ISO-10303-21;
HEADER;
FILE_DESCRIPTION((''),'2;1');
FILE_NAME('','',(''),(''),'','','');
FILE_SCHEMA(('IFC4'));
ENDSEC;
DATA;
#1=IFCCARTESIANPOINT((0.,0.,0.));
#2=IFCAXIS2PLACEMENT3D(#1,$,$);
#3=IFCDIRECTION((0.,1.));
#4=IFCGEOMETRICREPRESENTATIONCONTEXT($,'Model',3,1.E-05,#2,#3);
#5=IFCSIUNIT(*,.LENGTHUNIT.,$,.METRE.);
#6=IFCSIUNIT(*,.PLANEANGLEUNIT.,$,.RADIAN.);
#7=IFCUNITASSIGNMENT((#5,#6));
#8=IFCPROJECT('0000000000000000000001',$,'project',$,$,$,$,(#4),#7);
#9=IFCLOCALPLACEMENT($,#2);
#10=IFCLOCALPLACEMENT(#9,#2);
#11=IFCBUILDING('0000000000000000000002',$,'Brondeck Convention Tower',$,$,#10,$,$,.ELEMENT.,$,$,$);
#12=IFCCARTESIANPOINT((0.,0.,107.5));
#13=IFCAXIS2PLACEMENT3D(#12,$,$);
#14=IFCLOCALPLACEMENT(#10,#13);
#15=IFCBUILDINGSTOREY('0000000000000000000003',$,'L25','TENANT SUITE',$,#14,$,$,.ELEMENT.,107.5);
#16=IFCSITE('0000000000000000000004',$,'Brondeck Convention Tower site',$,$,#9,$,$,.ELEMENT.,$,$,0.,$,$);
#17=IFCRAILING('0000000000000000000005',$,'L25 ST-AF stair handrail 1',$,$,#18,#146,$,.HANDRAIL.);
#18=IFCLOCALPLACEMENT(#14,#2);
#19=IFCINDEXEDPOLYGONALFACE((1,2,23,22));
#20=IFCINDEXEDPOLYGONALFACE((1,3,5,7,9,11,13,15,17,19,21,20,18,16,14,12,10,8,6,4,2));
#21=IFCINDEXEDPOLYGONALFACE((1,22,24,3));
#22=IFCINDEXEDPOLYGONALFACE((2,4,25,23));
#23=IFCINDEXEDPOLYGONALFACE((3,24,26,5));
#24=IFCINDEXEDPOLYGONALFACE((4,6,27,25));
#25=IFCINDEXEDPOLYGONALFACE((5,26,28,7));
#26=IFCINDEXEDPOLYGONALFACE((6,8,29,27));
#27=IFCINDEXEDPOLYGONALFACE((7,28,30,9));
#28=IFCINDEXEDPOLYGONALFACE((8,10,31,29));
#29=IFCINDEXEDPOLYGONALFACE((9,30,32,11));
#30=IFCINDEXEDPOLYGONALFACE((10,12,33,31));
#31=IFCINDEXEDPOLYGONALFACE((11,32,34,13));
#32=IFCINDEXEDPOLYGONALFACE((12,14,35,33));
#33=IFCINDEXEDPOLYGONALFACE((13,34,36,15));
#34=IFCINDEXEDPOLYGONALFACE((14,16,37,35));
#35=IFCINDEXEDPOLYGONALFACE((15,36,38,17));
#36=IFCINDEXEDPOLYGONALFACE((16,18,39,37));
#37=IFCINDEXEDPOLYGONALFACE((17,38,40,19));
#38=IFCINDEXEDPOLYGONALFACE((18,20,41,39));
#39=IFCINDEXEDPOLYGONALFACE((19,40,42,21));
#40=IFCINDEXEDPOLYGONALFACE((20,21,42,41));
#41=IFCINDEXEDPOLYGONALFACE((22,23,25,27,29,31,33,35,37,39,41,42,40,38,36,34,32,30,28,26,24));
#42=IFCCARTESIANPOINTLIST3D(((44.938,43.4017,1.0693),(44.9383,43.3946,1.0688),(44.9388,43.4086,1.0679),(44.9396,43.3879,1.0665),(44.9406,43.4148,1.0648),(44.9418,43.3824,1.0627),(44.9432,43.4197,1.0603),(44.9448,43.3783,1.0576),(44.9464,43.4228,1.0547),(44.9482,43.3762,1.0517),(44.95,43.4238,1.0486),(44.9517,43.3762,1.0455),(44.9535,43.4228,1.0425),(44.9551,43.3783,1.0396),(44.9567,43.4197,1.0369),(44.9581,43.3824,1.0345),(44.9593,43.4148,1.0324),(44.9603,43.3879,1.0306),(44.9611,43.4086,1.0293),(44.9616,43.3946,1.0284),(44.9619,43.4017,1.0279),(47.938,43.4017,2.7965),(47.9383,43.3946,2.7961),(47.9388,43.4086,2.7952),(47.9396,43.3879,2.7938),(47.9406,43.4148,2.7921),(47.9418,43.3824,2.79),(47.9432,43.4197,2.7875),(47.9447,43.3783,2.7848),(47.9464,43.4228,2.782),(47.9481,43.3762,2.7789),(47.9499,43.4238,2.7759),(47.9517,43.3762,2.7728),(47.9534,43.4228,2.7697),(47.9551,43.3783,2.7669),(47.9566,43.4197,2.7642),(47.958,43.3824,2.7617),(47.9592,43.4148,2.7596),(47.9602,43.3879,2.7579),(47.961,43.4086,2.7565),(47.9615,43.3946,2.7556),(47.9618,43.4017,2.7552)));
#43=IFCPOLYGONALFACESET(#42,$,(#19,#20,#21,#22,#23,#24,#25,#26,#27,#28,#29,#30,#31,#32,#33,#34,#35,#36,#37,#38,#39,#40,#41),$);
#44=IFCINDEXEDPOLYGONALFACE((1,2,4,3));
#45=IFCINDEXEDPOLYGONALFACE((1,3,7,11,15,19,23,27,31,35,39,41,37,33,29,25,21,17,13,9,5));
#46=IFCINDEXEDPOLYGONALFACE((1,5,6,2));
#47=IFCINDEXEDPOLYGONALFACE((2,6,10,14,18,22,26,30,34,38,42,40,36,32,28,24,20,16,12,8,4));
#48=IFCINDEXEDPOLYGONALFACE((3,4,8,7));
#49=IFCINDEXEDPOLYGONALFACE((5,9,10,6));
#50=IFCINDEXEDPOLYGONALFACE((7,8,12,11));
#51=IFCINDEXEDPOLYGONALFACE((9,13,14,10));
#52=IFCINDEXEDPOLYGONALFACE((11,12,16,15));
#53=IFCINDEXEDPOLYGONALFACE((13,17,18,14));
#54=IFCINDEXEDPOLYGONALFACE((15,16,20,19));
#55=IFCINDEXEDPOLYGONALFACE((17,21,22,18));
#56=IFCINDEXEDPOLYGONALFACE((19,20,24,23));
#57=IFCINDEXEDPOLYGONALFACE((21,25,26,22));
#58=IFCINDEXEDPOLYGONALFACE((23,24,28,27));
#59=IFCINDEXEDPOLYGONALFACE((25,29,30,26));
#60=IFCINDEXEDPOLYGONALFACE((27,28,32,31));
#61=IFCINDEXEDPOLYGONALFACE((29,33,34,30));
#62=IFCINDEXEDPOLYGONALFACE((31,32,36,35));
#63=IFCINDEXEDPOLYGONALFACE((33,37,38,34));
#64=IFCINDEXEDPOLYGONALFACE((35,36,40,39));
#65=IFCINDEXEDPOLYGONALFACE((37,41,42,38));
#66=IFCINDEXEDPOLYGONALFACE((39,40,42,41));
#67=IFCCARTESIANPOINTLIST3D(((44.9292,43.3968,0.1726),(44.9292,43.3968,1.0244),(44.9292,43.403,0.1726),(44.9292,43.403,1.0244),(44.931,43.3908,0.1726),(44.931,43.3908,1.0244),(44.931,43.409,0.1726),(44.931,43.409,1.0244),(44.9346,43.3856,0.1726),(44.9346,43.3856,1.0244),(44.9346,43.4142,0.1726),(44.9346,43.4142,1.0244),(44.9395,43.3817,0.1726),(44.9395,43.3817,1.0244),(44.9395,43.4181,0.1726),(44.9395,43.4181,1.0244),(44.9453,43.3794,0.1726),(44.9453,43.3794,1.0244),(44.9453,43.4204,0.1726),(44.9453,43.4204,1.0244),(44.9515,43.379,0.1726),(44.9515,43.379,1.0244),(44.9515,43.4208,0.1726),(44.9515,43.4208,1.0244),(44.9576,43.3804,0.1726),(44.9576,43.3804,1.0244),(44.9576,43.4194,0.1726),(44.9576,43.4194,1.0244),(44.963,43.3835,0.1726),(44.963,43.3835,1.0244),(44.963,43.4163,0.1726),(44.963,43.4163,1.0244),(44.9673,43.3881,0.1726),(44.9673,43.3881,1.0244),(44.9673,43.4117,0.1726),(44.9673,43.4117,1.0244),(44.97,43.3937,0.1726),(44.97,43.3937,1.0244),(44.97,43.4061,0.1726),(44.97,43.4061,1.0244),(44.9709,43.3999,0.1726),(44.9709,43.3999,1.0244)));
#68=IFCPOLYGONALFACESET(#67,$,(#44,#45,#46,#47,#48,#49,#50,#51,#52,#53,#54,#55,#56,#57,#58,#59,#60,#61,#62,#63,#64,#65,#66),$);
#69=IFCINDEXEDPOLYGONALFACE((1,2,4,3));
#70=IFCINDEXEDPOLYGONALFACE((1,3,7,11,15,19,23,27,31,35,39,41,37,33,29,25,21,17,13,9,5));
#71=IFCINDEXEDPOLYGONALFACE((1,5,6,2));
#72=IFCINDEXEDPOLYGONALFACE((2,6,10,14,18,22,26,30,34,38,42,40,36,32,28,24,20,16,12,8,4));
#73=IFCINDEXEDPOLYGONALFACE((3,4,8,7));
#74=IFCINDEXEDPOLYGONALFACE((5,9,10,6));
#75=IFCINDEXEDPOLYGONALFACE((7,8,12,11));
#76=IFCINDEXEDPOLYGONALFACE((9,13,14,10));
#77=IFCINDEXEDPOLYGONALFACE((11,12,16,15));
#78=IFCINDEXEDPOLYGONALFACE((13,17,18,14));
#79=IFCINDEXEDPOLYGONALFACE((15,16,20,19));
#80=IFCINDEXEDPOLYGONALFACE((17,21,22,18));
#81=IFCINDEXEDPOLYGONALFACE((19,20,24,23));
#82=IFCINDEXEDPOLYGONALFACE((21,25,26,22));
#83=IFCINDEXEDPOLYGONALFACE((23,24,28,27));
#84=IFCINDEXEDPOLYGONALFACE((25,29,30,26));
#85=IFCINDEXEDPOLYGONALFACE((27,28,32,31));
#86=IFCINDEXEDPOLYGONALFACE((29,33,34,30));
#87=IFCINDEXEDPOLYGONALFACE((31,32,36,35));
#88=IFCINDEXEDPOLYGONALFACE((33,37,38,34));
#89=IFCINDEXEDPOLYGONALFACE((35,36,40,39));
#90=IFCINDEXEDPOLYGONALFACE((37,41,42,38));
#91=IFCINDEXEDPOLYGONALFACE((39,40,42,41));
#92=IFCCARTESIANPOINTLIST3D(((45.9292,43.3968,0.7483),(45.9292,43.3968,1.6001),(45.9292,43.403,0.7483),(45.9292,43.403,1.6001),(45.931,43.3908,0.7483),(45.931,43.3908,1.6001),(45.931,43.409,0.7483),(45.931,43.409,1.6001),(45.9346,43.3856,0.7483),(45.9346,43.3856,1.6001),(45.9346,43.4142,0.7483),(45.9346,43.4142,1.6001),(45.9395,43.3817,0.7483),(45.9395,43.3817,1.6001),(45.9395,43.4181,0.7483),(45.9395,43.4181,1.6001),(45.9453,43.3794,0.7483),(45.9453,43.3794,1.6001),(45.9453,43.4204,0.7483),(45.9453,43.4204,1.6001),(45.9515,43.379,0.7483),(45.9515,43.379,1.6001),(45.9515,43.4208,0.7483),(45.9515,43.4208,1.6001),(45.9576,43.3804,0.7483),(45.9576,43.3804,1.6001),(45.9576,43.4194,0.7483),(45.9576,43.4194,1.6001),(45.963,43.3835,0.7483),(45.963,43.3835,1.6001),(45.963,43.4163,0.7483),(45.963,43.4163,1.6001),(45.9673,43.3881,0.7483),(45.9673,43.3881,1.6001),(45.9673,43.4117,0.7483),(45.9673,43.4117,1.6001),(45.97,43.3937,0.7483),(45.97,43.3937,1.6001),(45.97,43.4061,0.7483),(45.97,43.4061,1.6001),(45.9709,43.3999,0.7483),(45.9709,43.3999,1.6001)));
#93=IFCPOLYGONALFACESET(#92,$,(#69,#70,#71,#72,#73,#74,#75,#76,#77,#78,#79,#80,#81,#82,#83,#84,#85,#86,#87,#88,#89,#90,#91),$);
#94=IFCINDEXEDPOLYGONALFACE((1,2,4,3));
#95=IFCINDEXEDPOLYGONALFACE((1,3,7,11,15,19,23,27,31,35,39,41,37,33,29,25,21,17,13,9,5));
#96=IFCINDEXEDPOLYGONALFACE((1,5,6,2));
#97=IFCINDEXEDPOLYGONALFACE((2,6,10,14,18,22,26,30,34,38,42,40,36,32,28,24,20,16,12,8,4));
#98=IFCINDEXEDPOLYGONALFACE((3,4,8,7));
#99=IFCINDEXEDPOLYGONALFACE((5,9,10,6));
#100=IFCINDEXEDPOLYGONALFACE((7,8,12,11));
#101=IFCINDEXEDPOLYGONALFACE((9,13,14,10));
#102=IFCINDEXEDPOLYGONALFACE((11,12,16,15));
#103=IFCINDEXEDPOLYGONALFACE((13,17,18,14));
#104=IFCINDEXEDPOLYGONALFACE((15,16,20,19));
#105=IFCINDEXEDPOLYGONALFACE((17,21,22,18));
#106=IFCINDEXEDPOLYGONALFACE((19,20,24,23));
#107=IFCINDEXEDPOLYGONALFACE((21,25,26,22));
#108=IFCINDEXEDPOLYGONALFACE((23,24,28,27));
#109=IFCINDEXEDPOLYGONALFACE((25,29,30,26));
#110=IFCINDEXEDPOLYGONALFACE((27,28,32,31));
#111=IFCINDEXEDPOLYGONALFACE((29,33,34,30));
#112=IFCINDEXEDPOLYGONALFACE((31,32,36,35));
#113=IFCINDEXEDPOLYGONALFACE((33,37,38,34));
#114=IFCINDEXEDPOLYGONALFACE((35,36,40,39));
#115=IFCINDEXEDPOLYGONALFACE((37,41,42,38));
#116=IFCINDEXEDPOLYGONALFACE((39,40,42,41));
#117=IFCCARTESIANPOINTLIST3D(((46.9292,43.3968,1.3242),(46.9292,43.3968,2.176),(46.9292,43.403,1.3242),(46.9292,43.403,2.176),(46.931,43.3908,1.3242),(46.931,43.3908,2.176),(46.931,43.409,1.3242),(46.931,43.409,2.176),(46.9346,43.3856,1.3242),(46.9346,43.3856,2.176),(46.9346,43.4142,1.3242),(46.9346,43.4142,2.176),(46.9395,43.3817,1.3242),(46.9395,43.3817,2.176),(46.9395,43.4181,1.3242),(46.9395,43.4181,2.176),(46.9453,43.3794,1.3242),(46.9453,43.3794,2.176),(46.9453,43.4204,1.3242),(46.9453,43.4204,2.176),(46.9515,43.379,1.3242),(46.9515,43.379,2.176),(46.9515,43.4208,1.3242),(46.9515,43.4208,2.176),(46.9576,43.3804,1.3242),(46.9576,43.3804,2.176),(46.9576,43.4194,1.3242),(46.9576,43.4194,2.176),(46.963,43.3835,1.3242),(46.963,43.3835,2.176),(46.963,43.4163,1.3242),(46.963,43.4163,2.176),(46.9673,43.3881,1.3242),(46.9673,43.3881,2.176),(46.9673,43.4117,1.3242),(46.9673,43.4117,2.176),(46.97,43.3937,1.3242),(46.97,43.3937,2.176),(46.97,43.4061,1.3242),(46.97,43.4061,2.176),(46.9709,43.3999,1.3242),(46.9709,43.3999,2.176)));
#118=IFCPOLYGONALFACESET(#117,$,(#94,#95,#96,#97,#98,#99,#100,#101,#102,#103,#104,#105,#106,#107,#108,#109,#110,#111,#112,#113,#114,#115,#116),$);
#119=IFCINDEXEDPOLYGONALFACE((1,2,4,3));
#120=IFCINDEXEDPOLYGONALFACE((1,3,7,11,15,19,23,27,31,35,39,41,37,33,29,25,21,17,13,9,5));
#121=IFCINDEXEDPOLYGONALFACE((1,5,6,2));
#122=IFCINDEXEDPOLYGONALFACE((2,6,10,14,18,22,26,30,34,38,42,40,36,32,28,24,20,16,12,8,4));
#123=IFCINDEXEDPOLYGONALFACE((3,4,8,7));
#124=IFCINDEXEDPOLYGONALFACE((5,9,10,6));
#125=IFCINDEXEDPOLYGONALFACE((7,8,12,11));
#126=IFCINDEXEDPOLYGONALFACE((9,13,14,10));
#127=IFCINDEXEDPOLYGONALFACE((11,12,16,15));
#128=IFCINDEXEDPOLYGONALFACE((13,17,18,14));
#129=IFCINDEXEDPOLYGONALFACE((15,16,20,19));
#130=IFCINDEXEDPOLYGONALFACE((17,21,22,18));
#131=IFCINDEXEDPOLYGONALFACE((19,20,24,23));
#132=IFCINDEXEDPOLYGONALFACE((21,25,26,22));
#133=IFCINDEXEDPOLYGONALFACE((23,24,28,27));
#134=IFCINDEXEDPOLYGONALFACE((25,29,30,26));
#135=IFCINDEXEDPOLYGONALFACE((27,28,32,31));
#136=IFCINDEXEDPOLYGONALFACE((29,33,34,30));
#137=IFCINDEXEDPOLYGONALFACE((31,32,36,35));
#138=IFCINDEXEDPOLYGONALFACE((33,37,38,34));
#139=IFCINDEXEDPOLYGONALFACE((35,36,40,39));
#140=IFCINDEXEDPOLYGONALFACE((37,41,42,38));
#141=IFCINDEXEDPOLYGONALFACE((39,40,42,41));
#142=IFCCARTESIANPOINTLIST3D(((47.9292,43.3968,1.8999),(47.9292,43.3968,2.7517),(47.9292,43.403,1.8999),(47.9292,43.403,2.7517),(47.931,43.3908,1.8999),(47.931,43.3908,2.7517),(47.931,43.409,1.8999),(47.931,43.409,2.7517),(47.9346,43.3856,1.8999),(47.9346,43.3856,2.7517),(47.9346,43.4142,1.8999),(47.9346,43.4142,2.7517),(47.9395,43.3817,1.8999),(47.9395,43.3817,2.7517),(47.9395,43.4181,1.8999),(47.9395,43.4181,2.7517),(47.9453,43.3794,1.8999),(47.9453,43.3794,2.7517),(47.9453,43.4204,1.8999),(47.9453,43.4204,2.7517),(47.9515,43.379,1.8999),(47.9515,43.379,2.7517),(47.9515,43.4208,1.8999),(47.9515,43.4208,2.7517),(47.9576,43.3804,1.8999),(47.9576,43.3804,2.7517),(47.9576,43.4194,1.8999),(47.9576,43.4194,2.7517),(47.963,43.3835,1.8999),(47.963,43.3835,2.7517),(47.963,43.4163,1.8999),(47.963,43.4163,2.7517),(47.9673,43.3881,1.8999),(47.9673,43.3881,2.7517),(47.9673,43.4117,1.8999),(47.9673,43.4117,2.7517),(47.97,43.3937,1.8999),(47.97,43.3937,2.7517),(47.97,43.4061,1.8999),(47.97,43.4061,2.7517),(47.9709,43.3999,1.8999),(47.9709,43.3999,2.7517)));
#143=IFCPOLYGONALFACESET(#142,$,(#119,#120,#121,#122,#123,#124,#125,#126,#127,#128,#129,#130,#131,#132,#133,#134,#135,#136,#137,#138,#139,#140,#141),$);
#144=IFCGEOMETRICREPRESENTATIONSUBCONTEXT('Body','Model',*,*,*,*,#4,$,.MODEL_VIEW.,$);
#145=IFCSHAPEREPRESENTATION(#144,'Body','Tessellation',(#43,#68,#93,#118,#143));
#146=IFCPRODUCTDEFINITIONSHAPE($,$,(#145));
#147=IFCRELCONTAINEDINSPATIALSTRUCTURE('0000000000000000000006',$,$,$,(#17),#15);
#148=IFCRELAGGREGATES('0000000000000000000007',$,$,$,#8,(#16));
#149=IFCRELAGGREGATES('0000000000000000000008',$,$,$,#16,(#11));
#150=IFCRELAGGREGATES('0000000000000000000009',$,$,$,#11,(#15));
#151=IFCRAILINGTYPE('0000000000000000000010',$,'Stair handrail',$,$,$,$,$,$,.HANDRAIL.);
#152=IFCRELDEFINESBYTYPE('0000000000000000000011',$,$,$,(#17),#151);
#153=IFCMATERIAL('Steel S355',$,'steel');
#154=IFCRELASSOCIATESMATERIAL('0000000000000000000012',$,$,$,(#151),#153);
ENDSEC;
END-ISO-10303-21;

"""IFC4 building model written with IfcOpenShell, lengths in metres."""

from ifc_helpers import new_model, si_unit, direction, frame, origin, origin_2d, place, context, subcontext, project, spatial, circle, extrude, material, type_object, element, save


model = new_model("IFC4")

# Units and contexts
model_context = context("Model", 3, precision=1e-05, world=origin(), true_north=direction((0.0, 1.0)))
body_context = subcontext(model_context, "Body", "Model", "MODEL_VIEW")
ifc_project = project(units=[si_unit("LENGTHUNIT", "METRE"), si_unit("PLANEANGLEUNIT", "RADIAN")], contexts=[model_context])

# Site, building, storey
site_placement = place(None, origin())
site = spatial("IfcSite", under=ifc_project, at=site_placement, Name="Brondeck Convention Tower site", CompositionType="ELEMENT", RefElevation=0.0)
building_placement = place(site_placement, origin())
building = spatial("IfcBuilding", under=site, at=building_placement, Name="Brondeck Convention Tower", CompositionType="ELEMENT")
storey_placement = place(building_placement, frame((0.0, 0.0, 107.5)))
storey = spatial("IfcBuildingStorey", under=building, at=storey_placement, Name="L25", Description="TENANT SUITE", CompositionType="ELEMENT", Elevation=107.5)

# Shared definitions
ifc_material_1 = material(Name="Steel S355", Category="steel")

# Railing
railing_type = type_object("IfcRailingType", Name="Stair handrail", PredefinedType="HANDRAIL", material=ifc_material_1)
railing_placement = place(storey_placement, frame((44.95, 43.3999, 0.1726)))
element("IfcRailing", 1, at=railing_placement, inside=storey, type_object=railing_type, Name="L25 ST-AF stair handrail 1", PredefinedType="HANDRAIL", context=body_context, shape_type="SweptSolid", body=[
    extrude(circle(Radius=0.0239, at=origin_2d()), frame((0.0, 0.0, 0.876), z_axis=(0.86662, 0.0, 0.498969), x_axis=(0.0, 1.0, 0.0)), (0.0, 0.0, 1.0), 3.4617),
    extrude(circle(Radius=0.021, at=origin_2d()), origin(), (0.0, 0.0, 1.0), 0.8518),
    extrude(circle(Radius=0.021, at=origin_2d()), frame((1.0, 0.0, 0.5757)), (0.0, 0.0, 1.0), 0.8518),
    extrude(circle(Radius=0.021, at=origin_2d()), frame((2.0, 0.0, 1.1516)), (0.0, 0.0, 1.0), 0.8518),
    extrude(circle(Radius=0.021, at=origin_2d()), frame((3.0, 0.0, 1.7273)), (0.0, 0.0, 1.0), 0.8518),
])

save(model, "model.ifc")
